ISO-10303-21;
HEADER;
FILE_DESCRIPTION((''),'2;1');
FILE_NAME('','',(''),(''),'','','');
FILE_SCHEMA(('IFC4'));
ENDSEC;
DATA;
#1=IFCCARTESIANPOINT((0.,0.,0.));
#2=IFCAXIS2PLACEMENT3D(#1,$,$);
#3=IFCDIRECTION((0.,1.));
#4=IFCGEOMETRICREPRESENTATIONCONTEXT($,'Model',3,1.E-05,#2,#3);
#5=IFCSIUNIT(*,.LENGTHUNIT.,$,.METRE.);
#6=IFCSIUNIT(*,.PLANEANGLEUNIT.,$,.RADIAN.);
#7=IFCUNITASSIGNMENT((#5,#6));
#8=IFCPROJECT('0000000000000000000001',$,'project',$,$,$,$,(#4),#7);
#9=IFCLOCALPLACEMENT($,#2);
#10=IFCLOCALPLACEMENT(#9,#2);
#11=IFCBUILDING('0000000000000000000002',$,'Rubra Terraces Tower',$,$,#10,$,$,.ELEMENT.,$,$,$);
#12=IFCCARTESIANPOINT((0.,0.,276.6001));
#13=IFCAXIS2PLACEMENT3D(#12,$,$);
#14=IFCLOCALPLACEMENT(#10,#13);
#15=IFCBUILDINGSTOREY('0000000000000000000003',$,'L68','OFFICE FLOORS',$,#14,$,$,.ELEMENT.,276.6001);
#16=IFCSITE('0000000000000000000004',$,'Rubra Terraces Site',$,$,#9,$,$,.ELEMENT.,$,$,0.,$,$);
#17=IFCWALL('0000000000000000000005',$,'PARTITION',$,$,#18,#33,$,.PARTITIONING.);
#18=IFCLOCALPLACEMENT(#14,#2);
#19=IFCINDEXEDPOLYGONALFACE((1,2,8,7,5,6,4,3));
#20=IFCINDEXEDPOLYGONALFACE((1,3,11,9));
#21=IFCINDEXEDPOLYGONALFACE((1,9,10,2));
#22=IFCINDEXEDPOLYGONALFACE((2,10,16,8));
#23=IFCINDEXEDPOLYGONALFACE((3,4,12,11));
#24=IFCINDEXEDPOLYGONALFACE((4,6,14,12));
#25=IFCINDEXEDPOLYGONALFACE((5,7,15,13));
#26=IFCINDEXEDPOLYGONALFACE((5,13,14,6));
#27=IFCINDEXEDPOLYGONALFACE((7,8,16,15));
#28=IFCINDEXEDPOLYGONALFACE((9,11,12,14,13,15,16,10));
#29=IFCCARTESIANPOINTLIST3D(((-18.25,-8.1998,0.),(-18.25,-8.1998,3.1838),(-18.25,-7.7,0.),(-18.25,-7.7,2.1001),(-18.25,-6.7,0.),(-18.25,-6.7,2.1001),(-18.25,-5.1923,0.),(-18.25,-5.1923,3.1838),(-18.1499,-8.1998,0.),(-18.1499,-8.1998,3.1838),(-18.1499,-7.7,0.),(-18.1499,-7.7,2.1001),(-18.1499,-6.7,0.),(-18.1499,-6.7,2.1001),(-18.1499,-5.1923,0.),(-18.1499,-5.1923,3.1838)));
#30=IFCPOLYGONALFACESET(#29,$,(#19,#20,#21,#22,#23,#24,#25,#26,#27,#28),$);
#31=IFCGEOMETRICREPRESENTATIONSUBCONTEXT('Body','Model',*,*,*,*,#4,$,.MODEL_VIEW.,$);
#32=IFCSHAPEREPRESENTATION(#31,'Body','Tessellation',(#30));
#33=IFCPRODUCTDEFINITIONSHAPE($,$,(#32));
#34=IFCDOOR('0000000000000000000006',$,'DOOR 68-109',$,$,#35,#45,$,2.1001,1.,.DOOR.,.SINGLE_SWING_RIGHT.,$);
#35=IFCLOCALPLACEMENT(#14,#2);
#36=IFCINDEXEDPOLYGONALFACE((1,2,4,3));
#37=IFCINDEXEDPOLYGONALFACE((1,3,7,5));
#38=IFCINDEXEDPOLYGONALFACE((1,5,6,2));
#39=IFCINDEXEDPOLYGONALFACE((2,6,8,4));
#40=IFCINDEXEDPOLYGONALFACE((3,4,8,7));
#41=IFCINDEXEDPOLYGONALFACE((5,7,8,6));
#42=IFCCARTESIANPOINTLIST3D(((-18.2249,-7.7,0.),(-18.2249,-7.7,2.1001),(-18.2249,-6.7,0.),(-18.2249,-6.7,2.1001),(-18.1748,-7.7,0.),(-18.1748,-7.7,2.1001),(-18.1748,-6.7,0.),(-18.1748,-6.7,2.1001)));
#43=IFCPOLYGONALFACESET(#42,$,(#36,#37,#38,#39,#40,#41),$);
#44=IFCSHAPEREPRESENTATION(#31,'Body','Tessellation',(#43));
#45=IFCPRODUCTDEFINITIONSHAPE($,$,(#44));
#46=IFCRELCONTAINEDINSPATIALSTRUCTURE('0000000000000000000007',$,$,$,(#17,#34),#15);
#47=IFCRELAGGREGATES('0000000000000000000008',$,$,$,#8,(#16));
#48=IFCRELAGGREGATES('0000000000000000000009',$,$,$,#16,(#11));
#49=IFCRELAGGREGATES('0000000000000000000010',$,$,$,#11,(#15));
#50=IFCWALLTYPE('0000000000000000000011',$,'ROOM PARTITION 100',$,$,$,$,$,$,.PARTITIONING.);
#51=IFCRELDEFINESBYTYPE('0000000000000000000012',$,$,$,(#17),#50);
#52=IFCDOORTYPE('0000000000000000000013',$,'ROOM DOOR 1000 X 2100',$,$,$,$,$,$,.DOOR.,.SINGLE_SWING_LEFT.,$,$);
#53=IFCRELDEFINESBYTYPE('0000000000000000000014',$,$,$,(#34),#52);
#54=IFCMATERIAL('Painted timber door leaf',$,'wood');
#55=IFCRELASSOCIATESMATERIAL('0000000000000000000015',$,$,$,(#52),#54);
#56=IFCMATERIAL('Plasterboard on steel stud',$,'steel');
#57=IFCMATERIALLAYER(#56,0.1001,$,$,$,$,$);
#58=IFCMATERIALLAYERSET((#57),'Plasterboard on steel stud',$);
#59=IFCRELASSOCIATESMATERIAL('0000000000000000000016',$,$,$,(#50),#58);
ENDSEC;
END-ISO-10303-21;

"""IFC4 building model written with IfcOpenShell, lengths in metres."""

from ifc_helpers import new_model, si_unit, direction, frame, frame_2d, origin, place, context, subcontext, project, spatial, rectangle, extrude, material, layer, layer_set, type_object, element, fill, save


model = new_model("IFC4")

# Units and contexts
model_context = context("Model", 3, precision=1e-05, world=origin(), true_north=direction((0.0, 1.0)))
body_context = subcontext(model_context, "Body", "Model", "MODEL_VIEW")
ifc_project = project(units=[si_unit("LENGTHUNIT", "METRE"), si_unit("PLANEANGLEUNIT", "RADIAN")], contexts=[model_context])

# Site, building, storey
site_placement = place(None, origin())
site = spatial("IfcSite", under=ifc_project, at=site_placement, Name="Rubra Terraces Site", CompositionType="ELEMENT", RefElevation=0.0)
building_placement = place(site_placement, origin())
building = spatial("IfcBuilding", under=site, at=building_placement, Name="Rubra Terraces Tower", CompositionType="ELEMENT")
storey_placement = place(building_placement, frame((0.0, 0.0, 276.6001)))
storey = spatial("IfcBuildingStorey", under=building, at=storey_placement, Name="L68", Description="OFFICE FLOORS", CompositionType="ELEMENT", Elevation=276.6001)

# Shared definitions
ifc_material_1 = material(Name="Painted timber door leaf", Category="wood")
door_type_1 = type_object("IfcDoorType", Name="ROOM DOOR 1000 X 2100", OperationType="SINGLE_SWING_LEFT", PredefinedType="DOOR", material=ifc_material_1)

# Shared definitions
ifc_material_2 = material(Name="Plasterboard on steel stud", Category="steel")
ifc_layer_1 = layer(ifc_material_2, 0.1001)
ifc_layer_set_1 = layer_set([ifc_layer_1], Name="Plasterboard on steel stud")
wall_type_1 = type_object("IfcWallType", Name="ROOM PARTITION 100", PredefinedType="PARTITIONING", material=ifc_layer_set_1)

# Wall, opening, door
wall_1_placement = place(storey_placement, frame((-18.2, -8.2, 0.0), z_axis=(0.0, 0.0, 1.0), x_axis=(0.0, 1.0, 0.0)))
wall_1 = element("IfcWall", 1, at=wall_1_placement, inside=storey, type_object=wall_type_1, Name="PARTITION", PredefinedType="PARTITIONING", context=body_context, shape_type="SweptSolid", body=[
    extrude(rectangle(XDim=3.0076, YDim=0.1001, at=frame_2d((1.5039, 0.0))), origin(), (0.0, 0.0, 1.0), 3.1838),
])
opening_1_placement = place(wall_1_placement, frame((0.5, 0.0, 0.0)))
opening_1 = element("IfcOpeningElement", 2, at=opening_1_placement, cuts=wall_1, PredefinedType="OPENING", context=body_context, shape_type="SweptSolid", body=[
    extrude(rectangle(XDim=1.0, YDim=2.1001, at=frame_2d((0.5, 1.05))), frame((0.0, 0.0601, 0.0), z_axis=(0.0, -1.0, 0.0), x_axis=(1.0, 0.0, 0.0)), (0.0, 0.0, 1.0), 0.1201),
])
door_1_placement = place(opening_1_placement, origin())
door_1 = element("IfcDoor", 3, at=door_1_placement, inside=storey, type_object=door_type_1, Name="DOOR 68-109", OperationType="SINGLE_SWING_RIGHT", OverallHeight=2.1001, OverallWidth=1.0, PredefinedType="DOOR", context=body_context, shape_type="SweptSolid", body=[
    extrude(rectangle(XDim=1.0, YDim=2.1001, at=frame_2d((0.5, 1.05))), frame((0.0, 0.0249, 0.0), z_axis=(0.0, -1.0, 0.0), x_axis=(1.0, 0.0, 0.0)), (0.0, 0.0, 1.0), 0.05),
])
fill(opening_1, door_1)

save(model, "model.ifc")
